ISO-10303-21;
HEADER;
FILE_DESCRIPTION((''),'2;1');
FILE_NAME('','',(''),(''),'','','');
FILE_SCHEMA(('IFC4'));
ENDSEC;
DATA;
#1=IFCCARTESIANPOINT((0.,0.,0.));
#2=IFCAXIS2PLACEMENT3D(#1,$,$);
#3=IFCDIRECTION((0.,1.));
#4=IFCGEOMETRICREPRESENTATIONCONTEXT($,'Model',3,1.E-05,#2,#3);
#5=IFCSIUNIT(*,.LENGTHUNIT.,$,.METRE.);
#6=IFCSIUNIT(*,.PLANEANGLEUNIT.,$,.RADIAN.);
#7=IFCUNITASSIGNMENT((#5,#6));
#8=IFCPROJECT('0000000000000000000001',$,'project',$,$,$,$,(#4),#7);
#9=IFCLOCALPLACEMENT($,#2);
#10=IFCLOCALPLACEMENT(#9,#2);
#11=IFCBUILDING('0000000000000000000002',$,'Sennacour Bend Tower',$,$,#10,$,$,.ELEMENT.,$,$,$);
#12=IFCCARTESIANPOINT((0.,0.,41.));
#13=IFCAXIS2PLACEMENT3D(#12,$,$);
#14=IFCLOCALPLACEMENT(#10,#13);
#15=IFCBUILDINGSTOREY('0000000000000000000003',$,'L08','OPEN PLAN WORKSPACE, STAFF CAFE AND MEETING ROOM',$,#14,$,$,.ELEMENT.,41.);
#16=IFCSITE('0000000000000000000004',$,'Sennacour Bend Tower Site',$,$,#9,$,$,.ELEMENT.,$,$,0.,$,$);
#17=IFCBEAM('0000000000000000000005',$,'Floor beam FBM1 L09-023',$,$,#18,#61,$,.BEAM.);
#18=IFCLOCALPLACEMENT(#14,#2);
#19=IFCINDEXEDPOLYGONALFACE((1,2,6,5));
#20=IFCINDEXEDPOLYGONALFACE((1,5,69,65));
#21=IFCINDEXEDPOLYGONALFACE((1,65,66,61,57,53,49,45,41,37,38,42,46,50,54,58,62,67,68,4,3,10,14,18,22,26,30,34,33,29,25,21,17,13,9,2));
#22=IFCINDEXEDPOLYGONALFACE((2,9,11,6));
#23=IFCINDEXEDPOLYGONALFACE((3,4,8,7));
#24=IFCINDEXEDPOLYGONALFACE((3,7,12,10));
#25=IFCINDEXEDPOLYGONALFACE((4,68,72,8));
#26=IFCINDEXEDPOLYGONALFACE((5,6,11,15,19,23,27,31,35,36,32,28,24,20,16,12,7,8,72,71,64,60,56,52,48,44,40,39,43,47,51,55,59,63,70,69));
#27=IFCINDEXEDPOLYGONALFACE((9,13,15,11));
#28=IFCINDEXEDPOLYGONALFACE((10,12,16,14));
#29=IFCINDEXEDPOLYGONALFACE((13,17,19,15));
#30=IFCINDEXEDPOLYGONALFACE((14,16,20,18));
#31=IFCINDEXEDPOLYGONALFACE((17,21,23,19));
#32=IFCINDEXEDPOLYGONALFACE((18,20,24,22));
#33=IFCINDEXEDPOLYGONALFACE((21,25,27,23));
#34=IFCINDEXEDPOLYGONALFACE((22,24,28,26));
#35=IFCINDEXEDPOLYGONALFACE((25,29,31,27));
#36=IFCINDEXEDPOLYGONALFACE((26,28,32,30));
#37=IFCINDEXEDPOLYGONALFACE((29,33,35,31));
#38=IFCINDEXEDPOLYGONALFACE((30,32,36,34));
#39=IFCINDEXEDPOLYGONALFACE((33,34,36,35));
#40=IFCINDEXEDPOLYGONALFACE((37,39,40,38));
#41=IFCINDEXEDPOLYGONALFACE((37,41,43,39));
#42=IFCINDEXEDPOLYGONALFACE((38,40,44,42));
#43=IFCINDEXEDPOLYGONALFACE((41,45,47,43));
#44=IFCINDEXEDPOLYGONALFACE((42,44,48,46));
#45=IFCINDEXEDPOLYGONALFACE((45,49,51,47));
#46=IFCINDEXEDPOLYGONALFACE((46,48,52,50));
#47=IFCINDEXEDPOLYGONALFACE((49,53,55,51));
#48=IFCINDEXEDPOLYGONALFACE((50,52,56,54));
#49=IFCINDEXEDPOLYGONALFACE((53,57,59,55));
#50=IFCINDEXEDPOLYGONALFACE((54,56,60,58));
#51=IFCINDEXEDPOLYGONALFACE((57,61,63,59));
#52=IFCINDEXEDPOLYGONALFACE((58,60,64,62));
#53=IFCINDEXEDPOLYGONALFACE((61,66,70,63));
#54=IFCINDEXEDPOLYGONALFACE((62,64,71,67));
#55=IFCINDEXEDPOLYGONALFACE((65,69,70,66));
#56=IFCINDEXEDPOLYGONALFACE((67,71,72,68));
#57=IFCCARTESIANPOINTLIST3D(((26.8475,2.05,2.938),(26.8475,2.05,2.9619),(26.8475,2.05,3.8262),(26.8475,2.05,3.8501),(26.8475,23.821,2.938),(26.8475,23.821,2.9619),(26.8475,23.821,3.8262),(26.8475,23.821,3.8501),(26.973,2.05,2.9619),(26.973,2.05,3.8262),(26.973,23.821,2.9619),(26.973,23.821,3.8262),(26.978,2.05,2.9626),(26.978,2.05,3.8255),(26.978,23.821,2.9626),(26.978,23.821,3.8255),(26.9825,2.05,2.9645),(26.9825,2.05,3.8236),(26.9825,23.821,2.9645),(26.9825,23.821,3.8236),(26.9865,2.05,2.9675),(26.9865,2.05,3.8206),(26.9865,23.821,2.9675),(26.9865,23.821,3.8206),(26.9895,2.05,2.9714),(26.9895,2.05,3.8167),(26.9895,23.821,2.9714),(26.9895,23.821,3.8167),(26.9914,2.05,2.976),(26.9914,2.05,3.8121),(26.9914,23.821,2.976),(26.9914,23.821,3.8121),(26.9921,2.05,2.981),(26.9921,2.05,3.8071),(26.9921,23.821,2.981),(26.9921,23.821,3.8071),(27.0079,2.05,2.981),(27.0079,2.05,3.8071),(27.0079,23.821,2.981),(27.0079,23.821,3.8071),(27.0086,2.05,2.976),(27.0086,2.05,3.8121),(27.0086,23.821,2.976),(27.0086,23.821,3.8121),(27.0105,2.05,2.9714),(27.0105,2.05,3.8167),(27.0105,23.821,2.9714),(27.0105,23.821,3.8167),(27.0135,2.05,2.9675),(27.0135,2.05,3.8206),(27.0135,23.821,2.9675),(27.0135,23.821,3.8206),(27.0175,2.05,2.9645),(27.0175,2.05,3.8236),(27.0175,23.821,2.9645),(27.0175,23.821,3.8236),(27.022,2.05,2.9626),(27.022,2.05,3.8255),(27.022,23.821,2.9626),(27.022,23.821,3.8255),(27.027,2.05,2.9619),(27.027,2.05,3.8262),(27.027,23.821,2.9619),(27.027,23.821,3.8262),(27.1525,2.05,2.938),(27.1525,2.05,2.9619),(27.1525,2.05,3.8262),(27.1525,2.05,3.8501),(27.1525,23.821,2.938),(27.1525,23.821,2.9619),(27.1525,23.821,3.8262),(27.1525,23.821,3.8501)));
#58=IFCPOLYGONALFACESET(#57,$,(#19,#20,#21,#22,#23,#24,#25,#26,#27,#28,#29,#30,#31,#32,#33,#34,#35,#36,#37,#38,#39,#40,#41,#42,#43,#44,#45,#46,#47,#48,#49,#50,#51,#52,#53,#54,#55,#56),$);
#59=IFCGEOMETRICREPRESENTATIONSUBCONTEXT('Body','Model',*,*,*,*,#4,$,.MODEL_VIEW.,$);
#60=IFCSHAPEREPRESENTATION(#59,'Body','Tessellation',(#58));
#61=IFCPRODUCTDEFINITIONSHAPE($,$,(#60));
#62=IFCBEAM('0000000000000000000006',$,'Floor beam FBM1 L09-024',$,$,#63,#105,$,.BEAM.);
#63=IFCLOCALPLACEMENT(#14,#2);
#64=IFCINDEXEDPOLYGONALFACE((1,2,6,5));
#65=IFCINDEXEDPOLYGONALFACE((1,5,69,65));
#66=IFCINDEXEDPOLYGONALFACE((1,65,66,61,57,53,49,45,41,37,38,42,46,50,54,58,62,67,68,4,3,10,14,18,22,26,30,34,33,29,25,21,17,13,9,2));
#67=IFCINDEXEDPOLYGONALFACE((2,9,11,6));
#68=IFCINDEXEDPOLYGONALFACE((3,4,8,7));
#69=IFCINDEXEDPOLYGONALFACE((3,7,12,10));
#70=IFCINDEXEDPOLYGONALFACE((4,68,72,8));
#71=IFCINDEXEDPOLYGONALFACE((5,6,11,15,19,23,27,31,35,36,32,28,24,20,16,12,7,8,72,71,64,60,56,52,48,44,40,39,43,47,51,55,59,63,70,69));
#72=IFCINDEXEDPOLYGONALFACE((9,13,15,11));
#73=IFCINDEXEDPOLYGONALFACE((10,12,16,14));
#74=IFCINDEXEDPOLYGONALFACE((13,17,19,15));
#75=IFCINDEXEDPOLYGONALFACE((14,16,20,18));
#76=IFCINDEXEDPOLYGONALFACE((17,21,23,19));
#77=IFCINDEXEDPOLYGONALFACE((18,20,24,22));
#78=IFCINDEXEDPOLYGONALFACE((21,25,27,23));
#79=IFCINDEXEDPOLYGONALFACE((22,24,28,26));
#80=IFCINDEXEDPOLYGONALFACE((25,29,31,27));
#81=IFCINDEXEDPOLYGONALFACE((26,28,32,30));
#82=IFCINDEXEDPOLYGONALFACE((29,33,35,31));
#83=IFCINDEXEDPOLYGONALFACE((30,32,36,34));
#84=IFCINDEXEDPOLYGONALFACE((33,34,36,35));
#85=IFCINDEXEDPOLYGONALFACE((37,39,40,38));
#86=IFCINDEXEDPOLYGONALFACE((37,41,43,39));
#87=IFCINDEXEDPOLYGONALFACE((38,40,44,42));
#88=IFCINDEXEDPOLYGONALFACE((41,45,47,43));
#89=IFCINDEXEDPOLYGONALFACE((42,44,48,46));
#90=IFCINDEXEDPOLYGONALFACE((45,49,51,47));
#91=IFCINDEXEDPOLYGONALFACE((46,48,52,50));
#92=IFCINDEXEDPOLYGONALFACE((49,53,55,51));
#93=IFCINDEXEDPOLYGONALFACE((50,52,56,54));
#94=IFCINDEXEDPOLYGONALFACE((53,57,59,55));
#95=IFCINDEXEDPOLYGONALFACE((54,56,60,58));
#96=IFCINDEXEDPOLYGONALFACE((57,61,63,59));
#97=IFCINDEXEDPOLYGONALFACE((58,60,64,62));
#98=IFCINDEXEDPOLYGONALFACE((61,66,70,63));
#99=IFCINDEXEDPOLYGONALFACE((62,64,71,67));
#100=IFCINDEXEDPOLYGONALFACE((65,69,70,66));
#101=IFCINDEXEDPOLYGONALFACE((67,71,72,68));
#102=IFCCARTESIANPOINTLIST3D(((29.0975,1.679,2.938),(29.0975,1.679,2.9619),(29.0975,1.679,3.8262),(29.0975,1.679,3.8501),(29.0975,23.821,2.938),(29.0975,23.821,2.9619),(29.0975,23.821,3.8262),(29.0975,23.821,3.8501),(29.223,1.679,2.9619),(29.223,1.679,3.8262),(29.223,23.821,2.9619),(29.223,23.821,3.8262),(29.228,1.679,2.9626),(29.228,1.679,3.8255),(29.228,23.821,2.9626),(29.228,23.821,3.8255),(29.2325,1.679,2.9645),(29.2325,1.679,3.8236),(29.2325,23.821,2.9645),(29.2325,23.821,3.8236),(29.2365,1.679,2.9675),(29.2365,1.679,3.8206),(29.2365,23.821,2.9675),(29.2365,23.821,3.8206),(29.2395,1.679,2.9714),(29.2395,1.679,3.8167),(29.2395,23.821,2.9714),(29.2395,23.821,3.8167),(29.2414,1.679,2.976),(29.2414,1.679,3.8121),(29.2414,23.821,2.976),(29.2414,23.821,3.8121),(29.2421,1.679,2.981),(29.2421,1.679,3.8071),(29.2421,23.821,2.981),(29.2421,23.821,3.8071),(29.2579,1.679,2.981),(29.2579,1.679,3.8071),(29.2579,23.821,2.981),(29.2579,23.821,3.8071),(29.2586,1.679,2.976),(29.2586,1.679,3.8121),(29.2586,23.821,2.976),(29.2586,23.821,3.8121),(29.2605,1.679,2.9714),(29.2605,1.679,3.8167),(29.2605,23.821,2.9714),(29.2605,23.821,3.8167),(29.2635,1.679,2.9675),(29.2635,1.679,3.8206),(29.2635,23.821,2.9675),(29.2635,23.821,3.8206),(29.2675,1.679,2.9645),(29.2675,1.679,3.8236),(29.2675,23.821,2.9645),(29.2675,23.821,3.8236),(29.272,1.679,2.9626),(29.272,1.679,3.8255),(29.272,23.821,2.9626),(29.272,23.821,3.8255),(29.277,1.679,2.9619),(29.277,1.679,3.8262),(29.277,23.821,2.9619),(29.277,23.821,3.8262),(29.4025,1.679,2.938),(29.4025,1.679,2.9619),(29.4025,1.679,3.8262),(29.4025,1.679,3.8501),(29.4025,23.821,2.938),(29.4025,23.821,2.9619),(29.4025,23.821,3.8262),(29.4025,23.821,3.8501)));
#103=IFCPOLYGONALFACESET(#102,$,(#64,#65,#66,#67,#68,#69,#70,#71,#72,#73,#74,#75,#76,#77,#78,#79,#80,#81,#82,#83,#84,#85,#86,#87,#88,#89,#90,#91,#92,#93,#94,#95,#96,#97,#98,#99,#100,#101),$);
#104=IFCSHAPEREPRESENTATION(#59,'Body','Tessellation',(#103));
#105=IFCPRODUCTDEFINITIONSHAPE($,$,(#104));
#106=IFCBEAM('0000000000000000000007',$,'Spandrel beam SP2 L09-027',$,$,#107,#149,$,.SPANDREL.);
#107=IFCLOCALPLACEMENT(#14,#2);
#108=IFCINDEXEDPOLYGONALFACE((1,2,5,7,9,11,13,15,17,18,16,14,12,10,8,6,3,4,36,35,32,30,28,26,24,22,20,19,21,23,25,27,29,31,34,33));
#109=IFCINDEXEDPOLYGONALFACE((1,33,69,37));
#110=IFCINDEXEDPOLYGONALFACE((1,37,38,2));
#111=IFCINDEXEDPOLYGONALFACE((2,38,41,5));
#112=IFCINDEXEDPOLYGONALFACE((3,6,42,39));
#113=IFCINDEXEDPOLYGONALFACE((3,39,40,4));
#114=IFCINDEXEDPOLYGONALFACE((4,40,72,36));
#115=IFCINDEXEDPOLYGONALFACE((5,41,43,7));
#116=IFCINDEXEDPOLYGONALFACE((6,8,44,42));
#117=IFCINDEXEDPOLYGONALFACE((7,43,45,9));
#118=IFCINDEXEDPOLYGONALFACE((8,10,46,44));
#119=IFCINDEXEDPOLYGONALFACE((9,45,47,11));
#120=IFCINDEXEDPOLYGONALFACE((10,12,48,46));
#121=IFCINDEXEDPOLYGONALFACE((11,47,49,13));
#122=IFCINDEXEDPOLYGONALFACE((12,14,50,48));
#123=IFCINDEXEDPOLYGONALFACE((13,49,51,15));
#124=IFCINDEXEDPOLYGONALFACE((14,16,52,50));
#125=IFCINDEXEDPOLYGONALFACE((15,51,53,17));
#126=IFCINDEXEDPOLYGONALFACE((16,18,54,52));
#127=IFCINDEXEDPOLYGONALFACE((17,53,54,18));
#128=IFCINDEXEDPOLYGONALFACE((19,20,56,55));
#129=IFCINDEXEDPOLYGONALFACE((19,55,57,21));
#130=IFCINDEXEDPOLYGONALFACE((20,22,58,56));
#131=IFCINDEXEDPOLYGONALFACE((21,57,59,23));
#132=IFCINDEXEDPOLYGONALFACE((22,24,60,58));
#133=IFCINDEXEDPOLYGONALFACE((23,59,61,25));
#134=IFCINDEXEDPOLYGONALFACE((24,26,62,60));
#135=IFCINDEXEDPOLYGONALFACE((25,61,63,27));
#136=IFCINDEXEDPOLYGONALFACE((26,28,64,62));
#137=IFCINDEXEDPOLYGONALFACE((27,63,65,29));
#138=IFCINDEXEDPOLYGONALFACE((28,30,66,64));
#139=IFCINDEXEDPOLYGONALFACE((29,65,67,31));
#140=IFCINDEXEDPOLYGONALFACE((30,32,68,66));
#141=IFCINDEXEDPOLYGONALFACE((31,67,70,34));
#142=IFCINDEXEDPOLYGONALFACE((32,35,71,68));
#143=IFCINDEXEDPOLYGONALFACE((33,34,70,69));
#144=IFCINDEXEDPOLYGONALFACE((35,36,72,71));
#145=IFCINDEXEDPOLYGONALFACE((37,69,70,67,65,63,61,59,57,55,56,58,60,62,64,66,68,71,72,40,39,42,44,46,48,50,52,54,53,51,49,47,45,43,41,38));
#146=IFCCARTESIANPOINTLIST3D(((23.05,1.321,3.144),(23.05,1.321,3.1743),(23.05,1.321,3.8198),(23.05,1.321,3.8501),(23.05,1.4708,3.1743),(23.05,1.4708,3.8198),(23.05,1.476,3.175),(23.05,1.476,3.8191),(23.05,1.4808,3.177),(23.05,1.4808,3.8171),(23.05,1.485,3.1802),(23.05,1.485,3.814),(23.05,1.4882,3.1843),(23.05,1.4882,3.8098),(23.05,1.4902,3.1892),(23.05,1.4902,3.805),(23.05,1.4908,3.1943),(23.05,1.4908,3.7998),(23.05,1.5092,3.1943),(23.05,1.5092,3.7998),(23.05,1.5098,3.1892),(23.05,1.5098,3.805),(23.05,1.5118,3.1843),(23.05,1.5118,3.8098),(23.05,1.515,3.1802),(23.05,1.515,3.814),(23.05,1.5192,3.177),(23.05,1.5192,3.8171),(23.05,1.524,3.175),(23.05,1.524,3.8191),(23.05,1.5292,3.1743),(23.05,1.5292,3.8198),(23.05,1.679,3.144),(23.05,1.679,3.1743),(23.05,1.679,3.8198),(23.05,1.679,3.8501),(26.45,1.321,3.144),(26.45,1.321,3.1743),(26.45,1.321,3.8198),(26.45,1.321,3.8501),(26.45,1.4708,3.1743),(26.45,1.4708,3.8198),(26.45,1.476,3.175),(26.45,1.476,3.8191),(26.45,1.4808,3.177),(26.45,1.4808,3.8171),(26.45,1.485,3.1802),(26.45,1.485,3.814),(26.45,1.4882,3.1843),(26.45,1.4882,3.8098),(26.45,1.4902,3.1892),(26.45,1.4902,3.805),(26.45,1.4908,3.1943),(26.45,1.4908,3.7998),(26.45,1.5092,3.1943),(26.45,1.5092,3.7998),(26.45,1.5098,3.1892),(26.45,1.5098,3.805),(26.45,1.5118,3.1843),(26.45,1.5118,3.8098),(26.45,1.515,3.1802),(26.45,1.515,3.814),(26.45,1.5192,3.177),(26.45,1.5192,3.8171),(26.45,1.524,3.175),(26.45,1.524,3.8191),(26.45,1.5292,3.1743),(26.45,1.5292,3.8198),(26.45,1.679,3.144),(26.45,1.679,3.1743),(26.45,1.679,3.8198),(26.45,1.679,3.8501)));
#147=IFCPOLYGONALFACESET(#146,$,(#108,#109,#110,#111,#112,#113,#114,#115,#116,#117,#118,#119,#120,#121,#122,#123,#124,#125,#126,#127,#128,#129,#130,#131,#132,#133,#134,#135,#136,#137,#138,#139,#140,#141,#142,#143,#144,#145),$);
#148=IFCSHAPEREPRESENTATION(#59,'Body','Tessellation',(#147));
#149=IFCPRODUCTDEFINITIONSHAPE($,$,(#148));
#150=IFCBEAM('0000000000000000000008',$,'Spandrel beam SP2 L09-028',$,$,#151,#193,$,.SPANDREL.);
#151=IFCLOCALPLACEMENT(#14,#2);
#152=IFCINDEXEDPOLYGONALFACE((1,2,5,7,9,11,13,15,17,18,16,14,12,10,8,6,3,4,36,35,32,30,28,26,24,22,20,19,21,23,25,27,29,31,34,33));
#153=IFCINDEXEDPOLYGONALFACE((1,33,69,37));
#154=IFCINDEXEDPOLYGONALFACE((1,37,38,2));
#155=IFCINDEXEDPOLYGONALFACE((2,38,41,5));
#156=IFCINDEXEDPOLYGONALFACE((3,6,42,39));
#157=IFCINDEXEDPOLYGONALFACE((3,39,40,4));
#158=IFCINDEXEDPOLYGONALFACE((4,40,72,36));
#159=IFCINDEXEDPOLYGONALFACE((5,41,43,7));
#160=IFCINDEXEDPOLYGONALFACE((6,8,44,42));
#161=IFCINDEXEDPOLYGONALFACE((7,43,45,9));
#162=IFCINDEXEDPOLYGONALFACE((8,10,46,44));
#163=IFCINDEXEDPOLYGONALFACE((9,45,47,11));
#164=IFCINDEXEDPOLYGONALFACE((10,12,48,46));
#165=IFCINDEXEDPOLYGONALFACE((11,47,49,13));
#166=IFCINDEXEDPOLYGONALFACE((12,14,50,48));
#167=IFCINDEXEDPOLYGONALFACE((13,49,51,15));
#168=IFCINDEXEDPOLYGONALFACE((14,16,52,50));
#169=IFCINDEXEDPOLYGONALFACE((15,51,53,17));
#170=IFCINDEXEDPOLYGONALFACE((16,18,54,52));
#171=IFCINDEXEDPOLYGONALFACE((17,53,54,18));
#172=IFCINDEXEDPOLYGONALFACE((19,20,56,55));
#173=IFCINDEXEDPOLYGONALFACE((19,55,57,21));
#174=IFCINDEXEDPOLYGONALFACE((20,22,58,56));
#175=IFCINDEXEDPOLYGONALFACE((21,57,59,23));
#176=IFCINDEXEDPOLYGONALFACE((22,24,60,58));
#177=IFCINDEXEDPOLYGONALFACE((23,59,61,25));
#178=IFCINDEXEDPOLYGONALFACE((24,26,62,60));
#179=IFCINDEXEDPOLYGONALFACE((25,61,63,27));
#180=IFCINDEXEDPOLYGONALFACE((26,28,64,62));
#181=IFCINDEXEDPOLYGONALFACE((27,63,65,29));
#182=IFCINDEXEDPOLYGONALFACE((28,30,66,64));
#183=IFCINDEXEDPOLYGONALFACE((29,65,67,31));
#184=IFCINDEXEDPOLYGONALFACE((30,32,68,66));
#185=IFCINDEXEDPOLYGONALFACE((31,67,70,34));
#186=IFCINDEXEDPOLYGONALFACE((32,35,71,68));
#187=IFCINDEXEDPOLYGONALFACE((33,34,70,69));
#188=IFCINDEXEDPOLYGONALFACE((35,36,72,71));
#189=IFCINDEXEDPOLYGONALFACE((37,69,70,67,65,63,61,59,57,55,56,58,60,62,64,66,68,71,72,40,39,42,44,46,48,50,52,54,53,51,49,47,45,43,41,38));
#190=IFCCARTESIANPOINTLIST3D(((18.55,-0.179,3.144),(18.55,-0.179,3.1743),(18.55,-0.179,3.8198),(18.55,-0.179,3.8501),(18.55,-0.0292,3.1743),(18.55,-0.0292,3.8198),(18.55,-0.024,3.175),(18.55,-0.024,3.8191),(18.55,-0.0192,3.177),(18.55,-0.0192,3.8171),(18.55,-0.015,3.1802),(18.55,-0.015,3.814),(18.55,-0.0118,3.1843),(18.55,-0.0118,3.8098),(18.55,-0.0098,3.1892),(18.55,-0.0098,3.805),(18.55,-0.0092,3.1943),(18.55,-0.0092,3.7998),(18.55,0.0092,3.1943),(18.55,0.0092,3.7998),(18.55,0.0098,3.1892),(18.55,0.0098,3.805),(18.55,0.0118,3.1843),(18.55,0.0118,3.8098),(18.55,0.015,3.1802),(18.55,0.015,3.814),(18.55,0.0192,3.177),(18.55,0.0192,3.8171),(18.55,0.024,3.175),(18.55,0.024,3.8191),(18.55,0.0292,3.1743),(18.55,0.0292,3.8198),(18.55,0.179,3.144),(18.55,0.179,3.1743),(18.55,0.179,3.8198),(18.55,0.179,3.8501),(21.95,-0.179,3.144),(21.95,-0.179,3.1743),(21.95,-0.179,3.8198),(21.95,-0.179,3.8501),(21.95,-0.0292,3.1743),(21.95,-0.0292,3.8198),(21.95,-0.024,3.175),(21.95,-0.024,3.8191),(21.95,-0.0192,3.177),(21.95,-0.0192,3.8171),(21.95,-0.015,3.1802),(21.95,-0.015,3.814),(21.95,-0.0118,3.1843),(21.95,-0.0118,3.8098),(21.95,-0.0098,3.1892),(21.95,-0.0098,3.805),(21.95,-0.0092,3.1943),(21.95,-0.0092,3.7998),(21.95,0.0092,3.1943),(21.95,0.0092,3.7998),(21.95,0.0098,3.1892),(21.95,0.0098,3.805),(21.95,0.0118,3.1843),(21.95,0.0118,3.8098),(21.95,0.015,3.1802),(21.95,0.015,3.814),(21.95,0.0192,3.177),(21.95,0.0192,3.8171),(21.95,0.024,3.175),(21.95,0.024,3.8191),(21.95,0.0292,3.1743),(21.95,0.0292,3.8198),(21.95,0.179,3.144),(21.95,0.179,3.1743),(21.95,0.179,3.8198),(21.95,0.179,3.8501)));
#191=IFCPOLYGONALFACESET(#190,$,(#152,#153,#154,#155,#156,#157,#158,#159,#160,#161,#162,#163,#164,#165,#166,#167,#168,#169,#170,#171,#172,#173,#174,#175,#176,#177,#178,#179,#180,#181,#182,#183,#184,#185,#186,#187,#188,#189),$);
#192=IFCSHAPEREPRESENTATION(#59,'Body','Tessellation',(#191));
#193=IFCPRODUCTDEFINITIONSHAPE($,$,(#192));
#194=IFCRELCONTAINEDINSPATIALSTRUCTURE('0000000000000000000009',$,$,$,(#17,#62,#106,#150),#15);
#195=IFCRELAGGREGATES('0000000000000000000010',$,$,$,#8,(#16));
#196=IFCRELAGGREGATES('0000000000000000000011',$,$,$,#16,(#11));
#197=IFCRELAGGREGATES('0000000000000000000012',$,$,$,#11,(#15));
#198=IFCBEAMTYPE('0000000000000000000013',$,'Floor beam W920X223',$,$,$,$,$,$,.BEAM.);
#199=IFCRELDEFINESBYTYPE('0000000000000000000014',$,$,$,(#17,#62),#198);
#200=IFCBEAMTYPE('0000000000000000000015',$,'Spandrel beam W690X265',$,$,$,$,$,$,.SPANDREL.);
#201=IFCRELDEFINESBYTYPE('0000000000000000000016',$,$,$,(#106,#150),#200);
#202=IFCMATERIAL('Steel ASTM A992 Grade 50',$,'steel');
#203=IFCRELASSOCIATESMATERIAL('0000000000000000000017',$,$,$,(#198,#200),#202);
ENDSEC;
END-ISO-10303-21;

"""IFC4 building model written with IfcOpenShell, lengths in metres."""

from ifc_helpers import new_model, si_unit, direction, frame, origin, origin_2d, place, context, subcontext, project, spatial, i_section, extrude, material, material_profile, profile_set, type_object, element, save


model = new_model("IFC4")

# Units and contexts
model_context = context("Model", 3, precision=1e-05, world=origin(), true_north=direction((0.0, 1.0)))
body_context = subcontext(model_context, "Body", "Model", "MODEL_VIEW")
ifc_project = project(units=[si_unit("LENGTHUNIT", "METRE"), si_unit("PLANEANGLEUNIT", "RADIAN")], contexts=[model_context])

# Site, building, storey
site_placement = place(None, origin())
site = spatial("IfcSite", under=ifc_project, at=site_placement, Name="Sennacour Bend Tower Site", CompositionType="ELEMENT", RefElevation=0.0)
building_placement = place(site_placement, origin())
building = spatial("IfcBuilding", under=site, at=building_placement, Name="Sennacour Bend Tower", CompositionType="ELEMENT")
storey_placement = place(building_placement, frame((0.0, 0.0, 41.0)))
storey = spatial("IfcBuildingStorey", under=building, at=storey_placement, Name="L08", Description="OPEN PLAN WORKSPACE, STAFF CAFE AND MEETING ROOM", CompositionType="ELEMENT", Elevation=41.0)

# Beams
ifc_material_1 = material(Name="Steel ASTM A992 Grade 50", Category="steel")
ifc_material_profile_1 = material_profile(ifc_material_1, i_section(OverallWidth=0.3049, OverallDepth=0.9121, WebThickness=0.0159, FlangeThickness=0.0239, FilletRadius=0.019, at=origin_2d()), Name="Steel ASTM A992 Grade 50", Category="steel")
ifc_profile_set_1 = profile_set([ifc_material_profile_1], Name="Steel ASTM A992 Grade 50")
beam_type_1 = type_object("IfcBeamType", Name="Floor beam W920X223", PredefinedType="BEAM", material=ifc_profile_set_1)
beam_1_placement = place(storey_placement, frame((27.0, 2.05, 3.394), z_axis=(0.0, 1.0, 0.0), x_axis=(-1.0, 0.0, 0.0)))
element("IfcBeam", 1, at=beam_1_placement, inside=storey, type_object=beam_type_1, Name="Floor beam FBM1 L09-023", PredefinedType="BEAM", context=body_context, shape_type="SweptSolid", body=[
    extrude(i_section(OverallWidth=0.3049, OverallDepth=0.9121, WebThickness=0.0159, FlangeThickness=0.0239, FilletRadius=0.019, at=origin_2d()), origin(), (0.0, 0.0, 1.0), 21.771),
])
beam_2_placement = place(storey_placement, frame((29.25, 1.679, 3.394), z_axis=(0.0, 1.0, 0.0), x_axis=(-1.0, 0.0, 0.0)))
element("IfcBeam", 2, at=beam_2_placement, inside=storey, type_object=beam_type_1, Name="Floor beam FBM1 L09-024", PredefinedType="BEAM", context=body_context, shape_type="SweptSolid", body=[
    extrude(i_section(OverallWidth=0.3049, OverallDepth=0.9121, WebThickness=0.0159, FlangeThickness=0.0239, FilletRadius=0.019, at=origin_2d()), origin(), (0.0, 0.0, 1.0), 22.1421),
])
ifc_material_profile_2 = material_profile(ifc_material_1, i_section(OverallWidth=0.3579, OverallDepth=0.7061, WebThickness=0.0183, FlangeThickness=0.0303, FilletRadius=0.02, at=origin_2d()), Name="Steel ASTM A992 Grade 50", Category="steel")
ifc_profile_set_2 = profile_set([ifc_material_profile_2], Name="Steel ASTM A992 Grade 50")
beam_type_2 = type_object("IfcBeamType", Name="Spandrel beam W690X265", PredefinedType="SPANDREL", material=ifc_profile_set_2)
for number, where, z_axis, x_axis, name in (
    (3, (26.45, 1.5, 3.4971), (-1.0, 0.0, 0.0), (0.0, -1.0, 0.0), "Spandrel beam SP2 L09-027"),
    (4, (21.95, 0.0, 3.4971), (-1.0, 0.0, 0.0), (0.0, -1.0, 0.0), "Spandrel beam SP2 L09-028"),
):
    element("IfcBeam", number, at=place(storey_placement, frame(where, z_axis=z_axis, x_axis=x_axis)), inside=storey, type_object=beam_type_2, Name=name, PredefinedType="SPANDREL", context=body_context, shape_type="SweptSolid", body=[
        extrude(i_section(OverallWidth=0.3579, OverallDepth=0.7061, WebThickness=0.0183, FlangeThickness=0.0303, FilletRadius=0.02, at=origin_2d()), origin(), (0.0, 0.0, 1.0), 3.3999),
    ])

save(model, "model.ifc")
